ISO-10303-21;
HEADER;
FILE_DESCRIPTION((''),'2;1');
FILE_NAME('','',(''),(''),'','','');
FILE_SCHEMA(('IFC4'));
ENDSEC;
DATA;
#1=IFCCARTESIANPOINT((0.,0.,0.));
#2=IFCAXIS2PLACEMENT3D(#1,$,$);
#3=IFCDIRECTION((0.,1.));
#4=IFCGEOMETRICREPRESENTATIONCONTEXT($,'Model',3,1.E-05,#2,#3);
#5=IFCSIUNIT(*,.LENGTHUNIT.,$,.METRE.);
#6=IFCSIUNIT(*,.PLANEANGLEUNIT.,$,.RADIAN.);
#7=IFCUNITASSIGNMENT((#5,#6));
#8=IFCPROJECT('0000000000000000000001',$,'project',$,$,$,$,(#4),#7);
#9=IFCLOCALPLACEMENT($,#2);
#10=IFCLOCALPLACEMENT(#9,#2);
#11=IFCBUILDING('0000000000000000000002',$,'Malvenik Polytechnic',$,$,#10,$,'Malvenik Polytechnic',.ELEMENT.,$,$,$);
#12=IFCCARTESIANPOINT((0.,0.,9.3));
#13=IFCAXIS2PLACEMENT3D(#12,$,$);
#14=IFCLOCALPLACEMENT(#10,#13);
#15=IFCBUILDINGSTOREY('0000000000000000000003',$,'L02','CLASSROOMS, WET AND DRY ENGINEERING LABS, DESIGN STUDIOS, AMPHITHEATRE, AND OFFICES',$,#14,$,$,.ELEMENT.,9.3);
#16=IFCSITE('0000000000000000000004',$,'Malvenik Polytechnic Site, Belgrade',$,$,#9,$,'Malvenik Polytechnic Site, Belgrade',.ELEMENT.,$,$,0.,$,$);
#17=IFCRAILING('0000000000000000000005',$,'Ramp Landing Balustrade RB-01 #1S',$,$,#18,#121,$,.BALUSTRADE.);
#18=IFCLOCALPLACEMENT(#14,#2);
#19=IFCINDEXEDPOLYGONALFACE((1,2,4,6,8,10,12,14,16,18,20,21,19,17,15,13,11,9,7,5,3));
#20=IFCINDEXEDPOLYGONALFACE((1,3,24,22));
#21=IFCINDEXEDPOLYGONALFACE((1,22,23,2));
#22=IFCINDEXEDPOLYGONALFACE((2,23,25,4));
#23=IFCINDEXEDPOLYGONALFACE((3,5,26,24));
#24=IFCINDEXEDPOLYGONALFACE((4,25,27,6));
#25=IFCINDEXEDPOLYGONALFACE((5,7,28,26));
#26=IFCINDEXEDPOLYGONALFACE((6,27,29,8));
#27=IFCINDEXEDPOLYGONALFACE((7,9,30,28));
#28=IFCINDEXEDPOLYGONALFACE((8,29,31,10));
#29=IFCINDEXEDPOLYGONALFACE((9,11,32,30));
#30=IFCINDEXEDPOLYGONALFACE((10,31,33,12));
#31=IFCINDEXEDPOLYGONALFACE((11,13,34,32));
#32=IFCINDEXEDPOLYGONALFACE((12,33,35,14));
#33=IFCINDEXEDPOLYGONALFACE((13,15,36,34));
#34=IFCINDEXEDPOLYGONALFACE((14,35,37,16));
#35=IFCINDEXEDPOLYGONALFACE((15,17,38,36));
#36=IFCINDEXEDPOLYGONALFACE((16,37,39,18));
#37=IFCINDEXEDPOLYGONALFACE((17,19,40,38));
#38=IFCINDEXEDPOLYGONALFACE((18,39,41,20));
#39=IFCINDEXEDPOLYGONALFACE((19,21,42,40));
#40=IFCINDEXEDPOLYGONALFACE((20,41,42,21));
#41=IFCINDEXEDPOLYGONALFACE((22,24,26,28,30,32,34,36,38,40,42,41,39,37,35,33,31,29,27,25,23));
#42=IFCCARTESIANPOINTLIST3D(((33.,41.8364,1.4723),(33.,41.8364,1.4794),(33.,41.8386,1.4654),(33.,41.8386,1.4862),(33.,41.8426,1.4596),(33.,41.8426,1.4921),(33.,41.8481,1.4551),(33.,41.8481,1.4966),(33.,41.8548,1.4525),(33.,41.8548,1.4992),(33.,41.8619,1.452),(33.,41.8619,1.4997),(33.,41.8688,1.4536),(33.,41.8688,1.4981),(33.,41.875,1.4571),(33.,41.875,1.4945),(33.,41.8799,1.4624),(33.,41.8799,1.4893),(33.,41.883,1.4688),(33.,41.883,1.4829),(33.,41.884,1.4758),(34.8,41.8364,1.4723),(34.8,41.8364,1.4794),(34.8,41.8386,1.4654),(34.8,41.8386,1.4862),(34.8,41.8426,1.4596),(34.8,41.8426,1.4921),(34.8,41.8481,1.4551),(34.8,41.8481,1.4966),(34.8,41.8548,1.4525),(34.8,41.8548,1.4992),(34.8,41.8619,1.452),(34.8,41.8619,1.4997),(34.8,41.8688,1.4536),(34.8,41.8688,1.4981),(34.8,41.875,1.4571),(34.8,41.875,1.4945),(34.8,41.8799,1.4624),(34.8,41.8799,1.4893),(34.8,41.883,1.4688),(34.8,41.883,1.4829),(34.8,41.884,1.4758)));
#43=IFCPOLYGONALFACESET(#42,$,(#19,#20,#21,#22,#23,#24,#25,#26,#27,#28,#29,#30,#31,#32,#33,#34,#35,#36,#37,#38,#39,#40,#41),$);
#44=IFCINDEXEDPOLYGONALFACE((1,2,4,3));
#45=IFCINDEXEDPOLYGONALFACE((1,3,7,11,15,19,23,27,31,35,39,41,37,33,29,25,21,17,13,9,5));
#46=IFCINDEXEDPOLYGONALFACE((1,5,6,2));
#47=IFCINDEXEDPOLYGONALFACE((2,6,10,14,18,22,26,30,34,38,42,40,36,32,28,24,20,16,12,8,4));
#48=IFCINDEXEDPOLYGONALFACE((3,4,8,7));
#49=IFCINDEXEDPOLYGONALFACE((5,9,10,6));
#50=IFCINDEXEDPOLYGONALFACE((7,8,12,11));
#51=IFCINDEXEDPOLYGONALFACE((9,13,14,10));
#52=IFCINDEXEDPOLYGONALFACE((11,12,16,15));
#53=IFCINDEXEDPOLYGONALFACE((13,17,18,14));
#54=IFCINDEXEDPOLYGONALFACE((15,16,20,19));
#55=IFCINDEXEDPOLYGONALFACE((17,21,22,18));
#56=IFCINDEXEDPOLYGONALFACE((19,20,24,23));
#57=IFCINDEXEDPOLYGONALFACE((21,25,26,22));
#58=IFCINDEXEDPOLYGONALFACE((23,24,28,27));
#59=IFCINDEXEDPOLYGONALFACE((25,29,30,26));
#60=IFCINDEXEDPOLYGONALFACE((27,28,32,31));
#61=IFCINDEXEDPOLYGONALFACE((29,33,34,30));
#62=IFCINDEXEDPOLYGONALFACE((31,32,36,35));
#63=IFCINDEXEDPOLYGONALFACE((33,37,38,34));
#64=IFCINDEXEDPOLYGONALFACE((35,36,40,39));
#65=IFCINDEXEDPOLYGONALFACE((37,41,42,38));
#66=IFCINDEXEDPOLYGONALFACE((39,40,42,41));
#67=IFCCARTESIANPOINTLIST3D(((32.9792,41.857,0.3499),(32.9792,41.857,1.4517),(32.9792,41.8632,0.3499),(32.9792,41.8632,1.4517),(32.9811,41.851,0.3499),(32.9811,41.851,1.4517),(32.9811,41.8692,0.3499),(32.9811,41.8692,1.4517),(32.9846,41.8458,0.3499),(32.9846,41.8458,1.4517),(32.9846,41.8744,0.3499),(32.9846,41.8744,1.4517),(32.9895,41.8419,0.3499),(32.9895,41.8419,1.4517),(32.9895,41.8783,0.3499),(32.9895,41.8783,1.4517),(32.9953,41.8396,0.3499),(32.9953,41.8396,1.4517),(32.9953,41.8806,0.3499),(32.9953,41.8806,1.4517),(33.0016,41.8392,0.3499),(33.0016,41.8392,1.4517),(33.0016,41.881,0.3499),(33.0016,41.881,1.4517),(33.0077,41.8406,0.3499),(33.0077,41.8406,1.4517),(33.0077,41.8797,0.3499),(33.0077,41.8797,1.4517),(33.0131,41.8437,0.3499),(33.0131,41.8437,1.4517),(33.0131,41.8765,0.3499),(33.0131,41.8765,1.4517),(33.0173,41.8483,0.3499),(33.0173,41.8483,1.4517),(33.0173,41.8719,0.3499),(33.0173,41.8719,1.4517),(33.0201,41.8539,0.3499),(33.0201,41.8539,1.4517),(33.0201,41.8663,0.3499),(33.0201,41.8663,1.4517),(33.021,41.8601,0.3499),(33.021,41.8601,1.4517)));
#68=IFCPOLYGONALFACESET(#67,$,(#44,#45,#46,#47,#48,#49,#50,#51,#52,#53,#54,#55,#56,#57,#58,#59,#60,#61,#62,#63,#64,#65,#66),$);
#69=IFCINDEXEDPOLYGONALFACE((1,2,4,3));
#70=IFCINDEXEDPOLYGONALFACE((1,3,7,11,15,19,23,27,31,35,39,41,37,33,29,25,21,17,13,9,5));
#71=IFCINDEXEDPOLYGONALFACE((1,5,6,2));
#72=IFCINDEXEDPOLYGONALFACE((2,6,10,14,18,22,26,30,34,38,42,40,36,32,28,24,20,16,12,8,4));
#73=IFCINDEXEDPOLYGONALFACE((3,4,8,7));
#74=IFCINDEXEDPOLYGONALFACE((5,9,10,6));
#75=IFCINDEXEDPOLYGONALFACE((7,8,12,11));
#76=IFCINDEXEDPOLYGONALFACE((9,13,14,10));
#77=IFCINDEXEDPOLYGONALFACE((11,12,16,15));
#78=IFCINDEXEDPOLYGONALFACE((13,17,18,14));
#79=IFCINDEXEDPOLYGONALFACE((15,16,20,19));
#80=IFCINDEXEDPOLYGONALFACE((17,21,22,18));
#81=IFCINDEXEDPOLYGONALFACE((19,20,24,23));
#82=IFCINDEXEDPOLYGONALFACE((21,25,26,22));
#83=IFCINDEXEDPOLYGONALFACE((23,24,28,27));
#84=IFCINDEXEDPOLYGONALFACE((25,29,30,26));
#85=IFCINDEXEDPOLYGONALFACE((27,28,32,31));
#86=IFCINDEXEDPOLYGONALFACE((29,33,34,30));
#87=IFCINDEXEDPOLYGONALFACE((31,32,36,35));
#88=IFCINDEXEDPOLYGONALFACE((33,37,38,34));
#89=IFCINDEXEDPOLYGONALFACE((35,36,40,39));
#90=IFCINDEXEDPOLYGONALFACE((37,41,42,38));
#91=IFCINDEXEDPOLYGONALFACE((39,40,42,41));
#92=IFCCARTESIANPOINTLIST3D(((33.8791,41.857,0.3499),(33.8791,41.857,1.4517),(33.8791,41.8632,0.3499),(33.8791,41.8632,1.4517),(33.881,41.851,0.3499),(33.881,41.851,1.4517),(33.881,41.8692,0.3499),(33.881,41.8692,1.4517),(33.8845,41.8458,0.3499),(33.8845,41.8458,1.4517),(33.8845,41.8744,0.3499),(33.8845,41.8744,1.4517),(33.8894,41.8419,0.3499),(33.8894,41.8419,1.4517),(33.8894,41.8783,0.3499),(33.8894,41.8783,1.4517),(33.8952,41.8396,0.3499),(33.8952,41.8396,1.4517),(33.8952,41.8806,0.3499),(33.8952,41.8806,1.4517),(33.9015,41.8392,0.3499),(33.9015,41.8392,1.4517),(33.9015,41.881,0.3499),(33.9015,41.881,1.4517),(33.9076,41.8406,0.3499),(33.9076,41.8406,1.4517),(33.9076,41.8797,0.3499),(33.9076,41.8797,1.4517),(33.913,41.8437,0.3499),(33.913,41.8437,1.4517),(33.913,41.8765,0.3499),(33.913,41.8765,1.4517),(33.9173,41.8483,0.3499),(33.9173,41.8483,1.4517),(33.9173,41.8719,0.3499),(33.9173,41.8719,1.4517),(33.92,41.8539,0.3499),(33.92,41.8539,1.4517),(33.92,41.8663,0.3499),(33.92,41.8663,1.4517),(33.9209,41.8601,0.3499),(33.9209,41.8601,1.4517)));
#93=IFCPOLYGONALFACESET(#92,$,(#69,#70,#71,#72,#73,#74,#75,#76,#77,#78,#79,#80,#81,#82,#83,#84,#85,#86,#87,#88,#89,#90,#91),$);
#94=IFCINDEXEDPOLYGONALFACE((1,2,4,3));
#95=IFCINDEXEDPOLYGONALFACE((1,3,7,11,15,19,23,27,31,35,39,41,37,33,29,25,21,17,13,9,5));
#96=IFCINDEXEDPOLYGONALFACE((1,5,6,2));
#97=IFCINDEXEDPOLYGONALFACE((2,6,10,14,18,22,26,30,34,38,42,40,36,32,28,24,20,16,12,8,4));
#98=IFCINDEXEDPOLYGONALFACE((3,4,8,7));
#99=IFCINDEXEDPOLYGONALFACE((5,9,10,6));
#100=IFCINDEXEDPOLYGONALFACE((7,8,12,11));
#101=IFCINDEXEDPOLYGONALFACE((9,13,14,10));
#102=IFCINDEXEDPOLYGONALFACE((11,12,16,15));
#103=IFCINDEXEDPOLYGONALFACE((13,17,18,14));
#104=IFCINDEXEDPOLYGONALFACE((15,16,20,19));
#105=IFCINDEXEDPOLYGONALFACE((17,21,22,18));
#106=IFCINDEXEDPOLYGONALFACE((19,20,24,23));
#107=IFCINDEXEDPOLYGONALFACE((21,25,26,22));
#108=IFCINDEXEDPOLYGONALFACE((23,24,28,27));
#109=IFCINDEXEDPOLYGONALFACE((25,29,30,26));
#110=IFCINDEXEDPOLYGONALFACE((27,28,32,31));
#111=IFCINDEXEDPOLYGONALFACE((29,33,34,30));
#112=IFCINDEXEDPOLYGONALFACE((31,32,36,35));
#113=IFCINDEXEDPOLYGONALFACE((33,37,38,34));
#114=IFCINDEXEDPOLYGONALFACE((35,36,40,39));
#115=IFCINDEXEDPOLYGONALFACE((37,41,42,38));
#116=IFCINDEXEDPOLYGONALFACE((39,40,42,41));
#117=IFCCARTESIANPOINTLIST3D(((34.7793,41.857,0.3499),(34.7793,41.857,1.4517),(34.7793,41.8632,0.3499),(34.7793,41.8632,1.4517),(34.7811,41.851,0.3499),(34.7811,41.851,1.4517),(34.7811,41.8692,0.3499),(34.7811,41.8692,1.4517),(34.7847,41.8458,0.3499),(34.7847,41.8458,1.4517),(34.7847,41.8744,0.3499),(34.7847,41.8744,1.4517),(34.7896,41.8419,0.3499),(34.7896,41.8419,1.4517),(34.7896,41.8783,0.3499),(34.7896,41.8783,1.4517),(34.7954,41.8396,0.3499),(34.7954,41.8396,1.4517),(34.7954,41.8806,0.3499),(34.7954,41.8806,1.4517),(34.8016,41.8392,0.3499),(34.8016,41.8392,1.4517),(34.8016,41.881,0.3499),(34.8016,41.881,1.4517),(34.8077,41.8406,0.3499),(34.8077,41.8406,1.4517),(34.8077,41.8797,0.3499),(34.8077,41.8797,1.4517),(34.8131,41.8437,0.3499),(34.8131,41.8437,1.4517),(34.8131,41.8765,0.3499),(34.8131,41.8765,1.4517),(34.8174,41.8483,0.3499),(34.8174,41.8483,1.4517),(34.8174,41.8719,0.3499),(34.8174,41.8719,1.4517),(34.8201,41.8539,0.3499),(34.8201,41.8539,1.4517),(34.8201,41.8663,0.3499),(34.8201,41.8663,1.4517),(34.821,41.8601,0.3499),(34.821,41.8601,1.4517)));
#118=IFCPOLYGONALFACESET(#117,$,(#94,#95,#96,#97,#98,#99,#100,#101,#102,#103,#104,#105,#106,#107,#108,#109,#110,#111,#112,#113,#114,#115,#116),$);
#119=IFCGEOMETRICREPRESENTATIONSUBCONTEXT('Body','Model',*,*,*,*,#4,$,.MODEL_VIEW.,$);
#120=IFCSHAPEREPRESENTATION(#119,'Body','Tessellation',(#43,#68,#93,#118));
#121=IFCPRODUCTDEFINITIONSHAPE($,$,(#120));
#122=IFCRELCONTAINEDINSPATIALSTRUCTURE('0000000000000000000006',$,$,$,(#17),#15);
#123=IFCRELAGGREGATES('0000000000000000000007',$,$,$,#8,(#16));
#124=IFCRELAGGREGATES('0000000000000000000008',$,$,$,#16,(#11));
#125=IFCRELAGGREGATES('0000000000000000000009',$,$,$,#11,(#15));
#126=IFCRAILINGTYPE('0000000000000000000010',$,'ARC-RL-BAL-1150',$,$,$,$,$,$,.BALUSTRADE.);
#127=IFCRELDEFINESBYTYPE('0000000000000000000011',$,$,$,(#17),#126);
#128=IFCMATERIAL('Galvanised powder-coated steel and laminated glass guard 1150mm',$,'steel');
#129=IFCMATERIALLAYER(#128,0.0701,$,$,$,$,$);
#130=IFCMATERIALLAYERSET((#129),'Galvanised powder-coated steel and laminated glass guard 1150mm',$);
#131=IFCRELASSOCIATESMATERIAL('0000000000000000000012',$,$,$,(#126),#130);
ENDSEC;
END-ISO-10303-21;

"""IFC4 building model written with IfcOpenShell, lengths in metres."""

from ifc_helpers import new_model, si_unit, direction, frame, origin, origin_2d, place, context, subcontext, project, spatial, circle, extrude, material, layer, layer_set, type_object, element, save


model = new_model("IFC4")

# Units and contexts
model_context = context("Model", 3, precision=1e-05, world=origin(), true_north=direction((0.0, 1.0)))
body_context = subcontext(model_context, "Body", "Model", "MODEL_VIEW")
ifc_project = project(units=[si_unit("LENGTHUNIT", "METRE"), si_unit("PLANEANGLEUNIT", "RADIAN")], contexts=[model_context])

# Site, building, storey
site_placement = place(None, origin())
site = spatial("IfcSite", under=ifc_project, at=site_placement, Name="Malvenik Polytechnic Site, Belgrade", LongName="Malvenik Polytechnic Site, Belgrade", CompositionType="ELEMENT", RefElevation=0.0)
building_placement = place(site_placement, origin())
building = spatial("IfcBuilding", under=site, at=building_placement, Name="Malvenik Polytechnic", LongName="Malvenik Polytechnic", CompositionType="ELEMENT")
storey_placement = place(building_placement, frame((0.0, 0.0, 9.3)))
storey = spatial("IfcBuildingStorey", under=building, at=storey_placement, Name="L02", Description="CLASSROOMS, WET AND DRY ENGINEERING LABS, DESIGN STUDIOS, AMPHITHEATRE, AND OFFICES", CompositionType="ELEMENT", Elevation=9.3)

# Railing
ifc_material_1 = material(Name="Galvanised powder-coated steel and laminated glass guard 1150mm", Category="steel")
ifc_layer_1 = layer(ifc_material_1, 0.0701)
ifc_layer_set_1 = layer_set([ifc_layer_1], Name="Galvanised powder-coated steel and laminated glass guard 1150mm")
railing_type_1 = type_object("IfcRailingType", Name="ARC-RL-BAL-1150", PredefinedType="BALUSTRADE", material=ifc_layer_set_1)
railing_1_placement = place(storey_placement, frame((33.0, 41.8601, 0.3499)))
element("IfcRailing", 1, at=railing_1_placement, inside=storey, type_object=railing_type_1, Name="Ramp Landing Balustrade RB-01 #1S", PredefinedType="BALUSTRADE", context=body_context, shape_type="SweptSolid", body=[
    extrude(circle(Radius=0.0239, at=origin_2d()), frame((0.0, 0.0, 1.126), z_axis=(1.0, 0.0, 0.0), x_axis=(0.0, 1.0, 0.0)), (0.0, 0.0, 1.0), 1.8),
    extrude(circle(Radius=0.021, at=origin_2d()), origin(), (0.0, 0.0, 1.0), 1.1018),
    extrude(circle(Radius=0.021, at=origin_2d()), frame((0.8999, 0.0, 0.0)), (0.0, 0.0, 1.0), 1.1018),
    extrude(circle(Radius=0.021, at=origin_2d()), frame((1.8, 0.0, 0.0)), (0.0, 0.0, 1.0), 1.1018),
])

save(model, "model.ifc")
